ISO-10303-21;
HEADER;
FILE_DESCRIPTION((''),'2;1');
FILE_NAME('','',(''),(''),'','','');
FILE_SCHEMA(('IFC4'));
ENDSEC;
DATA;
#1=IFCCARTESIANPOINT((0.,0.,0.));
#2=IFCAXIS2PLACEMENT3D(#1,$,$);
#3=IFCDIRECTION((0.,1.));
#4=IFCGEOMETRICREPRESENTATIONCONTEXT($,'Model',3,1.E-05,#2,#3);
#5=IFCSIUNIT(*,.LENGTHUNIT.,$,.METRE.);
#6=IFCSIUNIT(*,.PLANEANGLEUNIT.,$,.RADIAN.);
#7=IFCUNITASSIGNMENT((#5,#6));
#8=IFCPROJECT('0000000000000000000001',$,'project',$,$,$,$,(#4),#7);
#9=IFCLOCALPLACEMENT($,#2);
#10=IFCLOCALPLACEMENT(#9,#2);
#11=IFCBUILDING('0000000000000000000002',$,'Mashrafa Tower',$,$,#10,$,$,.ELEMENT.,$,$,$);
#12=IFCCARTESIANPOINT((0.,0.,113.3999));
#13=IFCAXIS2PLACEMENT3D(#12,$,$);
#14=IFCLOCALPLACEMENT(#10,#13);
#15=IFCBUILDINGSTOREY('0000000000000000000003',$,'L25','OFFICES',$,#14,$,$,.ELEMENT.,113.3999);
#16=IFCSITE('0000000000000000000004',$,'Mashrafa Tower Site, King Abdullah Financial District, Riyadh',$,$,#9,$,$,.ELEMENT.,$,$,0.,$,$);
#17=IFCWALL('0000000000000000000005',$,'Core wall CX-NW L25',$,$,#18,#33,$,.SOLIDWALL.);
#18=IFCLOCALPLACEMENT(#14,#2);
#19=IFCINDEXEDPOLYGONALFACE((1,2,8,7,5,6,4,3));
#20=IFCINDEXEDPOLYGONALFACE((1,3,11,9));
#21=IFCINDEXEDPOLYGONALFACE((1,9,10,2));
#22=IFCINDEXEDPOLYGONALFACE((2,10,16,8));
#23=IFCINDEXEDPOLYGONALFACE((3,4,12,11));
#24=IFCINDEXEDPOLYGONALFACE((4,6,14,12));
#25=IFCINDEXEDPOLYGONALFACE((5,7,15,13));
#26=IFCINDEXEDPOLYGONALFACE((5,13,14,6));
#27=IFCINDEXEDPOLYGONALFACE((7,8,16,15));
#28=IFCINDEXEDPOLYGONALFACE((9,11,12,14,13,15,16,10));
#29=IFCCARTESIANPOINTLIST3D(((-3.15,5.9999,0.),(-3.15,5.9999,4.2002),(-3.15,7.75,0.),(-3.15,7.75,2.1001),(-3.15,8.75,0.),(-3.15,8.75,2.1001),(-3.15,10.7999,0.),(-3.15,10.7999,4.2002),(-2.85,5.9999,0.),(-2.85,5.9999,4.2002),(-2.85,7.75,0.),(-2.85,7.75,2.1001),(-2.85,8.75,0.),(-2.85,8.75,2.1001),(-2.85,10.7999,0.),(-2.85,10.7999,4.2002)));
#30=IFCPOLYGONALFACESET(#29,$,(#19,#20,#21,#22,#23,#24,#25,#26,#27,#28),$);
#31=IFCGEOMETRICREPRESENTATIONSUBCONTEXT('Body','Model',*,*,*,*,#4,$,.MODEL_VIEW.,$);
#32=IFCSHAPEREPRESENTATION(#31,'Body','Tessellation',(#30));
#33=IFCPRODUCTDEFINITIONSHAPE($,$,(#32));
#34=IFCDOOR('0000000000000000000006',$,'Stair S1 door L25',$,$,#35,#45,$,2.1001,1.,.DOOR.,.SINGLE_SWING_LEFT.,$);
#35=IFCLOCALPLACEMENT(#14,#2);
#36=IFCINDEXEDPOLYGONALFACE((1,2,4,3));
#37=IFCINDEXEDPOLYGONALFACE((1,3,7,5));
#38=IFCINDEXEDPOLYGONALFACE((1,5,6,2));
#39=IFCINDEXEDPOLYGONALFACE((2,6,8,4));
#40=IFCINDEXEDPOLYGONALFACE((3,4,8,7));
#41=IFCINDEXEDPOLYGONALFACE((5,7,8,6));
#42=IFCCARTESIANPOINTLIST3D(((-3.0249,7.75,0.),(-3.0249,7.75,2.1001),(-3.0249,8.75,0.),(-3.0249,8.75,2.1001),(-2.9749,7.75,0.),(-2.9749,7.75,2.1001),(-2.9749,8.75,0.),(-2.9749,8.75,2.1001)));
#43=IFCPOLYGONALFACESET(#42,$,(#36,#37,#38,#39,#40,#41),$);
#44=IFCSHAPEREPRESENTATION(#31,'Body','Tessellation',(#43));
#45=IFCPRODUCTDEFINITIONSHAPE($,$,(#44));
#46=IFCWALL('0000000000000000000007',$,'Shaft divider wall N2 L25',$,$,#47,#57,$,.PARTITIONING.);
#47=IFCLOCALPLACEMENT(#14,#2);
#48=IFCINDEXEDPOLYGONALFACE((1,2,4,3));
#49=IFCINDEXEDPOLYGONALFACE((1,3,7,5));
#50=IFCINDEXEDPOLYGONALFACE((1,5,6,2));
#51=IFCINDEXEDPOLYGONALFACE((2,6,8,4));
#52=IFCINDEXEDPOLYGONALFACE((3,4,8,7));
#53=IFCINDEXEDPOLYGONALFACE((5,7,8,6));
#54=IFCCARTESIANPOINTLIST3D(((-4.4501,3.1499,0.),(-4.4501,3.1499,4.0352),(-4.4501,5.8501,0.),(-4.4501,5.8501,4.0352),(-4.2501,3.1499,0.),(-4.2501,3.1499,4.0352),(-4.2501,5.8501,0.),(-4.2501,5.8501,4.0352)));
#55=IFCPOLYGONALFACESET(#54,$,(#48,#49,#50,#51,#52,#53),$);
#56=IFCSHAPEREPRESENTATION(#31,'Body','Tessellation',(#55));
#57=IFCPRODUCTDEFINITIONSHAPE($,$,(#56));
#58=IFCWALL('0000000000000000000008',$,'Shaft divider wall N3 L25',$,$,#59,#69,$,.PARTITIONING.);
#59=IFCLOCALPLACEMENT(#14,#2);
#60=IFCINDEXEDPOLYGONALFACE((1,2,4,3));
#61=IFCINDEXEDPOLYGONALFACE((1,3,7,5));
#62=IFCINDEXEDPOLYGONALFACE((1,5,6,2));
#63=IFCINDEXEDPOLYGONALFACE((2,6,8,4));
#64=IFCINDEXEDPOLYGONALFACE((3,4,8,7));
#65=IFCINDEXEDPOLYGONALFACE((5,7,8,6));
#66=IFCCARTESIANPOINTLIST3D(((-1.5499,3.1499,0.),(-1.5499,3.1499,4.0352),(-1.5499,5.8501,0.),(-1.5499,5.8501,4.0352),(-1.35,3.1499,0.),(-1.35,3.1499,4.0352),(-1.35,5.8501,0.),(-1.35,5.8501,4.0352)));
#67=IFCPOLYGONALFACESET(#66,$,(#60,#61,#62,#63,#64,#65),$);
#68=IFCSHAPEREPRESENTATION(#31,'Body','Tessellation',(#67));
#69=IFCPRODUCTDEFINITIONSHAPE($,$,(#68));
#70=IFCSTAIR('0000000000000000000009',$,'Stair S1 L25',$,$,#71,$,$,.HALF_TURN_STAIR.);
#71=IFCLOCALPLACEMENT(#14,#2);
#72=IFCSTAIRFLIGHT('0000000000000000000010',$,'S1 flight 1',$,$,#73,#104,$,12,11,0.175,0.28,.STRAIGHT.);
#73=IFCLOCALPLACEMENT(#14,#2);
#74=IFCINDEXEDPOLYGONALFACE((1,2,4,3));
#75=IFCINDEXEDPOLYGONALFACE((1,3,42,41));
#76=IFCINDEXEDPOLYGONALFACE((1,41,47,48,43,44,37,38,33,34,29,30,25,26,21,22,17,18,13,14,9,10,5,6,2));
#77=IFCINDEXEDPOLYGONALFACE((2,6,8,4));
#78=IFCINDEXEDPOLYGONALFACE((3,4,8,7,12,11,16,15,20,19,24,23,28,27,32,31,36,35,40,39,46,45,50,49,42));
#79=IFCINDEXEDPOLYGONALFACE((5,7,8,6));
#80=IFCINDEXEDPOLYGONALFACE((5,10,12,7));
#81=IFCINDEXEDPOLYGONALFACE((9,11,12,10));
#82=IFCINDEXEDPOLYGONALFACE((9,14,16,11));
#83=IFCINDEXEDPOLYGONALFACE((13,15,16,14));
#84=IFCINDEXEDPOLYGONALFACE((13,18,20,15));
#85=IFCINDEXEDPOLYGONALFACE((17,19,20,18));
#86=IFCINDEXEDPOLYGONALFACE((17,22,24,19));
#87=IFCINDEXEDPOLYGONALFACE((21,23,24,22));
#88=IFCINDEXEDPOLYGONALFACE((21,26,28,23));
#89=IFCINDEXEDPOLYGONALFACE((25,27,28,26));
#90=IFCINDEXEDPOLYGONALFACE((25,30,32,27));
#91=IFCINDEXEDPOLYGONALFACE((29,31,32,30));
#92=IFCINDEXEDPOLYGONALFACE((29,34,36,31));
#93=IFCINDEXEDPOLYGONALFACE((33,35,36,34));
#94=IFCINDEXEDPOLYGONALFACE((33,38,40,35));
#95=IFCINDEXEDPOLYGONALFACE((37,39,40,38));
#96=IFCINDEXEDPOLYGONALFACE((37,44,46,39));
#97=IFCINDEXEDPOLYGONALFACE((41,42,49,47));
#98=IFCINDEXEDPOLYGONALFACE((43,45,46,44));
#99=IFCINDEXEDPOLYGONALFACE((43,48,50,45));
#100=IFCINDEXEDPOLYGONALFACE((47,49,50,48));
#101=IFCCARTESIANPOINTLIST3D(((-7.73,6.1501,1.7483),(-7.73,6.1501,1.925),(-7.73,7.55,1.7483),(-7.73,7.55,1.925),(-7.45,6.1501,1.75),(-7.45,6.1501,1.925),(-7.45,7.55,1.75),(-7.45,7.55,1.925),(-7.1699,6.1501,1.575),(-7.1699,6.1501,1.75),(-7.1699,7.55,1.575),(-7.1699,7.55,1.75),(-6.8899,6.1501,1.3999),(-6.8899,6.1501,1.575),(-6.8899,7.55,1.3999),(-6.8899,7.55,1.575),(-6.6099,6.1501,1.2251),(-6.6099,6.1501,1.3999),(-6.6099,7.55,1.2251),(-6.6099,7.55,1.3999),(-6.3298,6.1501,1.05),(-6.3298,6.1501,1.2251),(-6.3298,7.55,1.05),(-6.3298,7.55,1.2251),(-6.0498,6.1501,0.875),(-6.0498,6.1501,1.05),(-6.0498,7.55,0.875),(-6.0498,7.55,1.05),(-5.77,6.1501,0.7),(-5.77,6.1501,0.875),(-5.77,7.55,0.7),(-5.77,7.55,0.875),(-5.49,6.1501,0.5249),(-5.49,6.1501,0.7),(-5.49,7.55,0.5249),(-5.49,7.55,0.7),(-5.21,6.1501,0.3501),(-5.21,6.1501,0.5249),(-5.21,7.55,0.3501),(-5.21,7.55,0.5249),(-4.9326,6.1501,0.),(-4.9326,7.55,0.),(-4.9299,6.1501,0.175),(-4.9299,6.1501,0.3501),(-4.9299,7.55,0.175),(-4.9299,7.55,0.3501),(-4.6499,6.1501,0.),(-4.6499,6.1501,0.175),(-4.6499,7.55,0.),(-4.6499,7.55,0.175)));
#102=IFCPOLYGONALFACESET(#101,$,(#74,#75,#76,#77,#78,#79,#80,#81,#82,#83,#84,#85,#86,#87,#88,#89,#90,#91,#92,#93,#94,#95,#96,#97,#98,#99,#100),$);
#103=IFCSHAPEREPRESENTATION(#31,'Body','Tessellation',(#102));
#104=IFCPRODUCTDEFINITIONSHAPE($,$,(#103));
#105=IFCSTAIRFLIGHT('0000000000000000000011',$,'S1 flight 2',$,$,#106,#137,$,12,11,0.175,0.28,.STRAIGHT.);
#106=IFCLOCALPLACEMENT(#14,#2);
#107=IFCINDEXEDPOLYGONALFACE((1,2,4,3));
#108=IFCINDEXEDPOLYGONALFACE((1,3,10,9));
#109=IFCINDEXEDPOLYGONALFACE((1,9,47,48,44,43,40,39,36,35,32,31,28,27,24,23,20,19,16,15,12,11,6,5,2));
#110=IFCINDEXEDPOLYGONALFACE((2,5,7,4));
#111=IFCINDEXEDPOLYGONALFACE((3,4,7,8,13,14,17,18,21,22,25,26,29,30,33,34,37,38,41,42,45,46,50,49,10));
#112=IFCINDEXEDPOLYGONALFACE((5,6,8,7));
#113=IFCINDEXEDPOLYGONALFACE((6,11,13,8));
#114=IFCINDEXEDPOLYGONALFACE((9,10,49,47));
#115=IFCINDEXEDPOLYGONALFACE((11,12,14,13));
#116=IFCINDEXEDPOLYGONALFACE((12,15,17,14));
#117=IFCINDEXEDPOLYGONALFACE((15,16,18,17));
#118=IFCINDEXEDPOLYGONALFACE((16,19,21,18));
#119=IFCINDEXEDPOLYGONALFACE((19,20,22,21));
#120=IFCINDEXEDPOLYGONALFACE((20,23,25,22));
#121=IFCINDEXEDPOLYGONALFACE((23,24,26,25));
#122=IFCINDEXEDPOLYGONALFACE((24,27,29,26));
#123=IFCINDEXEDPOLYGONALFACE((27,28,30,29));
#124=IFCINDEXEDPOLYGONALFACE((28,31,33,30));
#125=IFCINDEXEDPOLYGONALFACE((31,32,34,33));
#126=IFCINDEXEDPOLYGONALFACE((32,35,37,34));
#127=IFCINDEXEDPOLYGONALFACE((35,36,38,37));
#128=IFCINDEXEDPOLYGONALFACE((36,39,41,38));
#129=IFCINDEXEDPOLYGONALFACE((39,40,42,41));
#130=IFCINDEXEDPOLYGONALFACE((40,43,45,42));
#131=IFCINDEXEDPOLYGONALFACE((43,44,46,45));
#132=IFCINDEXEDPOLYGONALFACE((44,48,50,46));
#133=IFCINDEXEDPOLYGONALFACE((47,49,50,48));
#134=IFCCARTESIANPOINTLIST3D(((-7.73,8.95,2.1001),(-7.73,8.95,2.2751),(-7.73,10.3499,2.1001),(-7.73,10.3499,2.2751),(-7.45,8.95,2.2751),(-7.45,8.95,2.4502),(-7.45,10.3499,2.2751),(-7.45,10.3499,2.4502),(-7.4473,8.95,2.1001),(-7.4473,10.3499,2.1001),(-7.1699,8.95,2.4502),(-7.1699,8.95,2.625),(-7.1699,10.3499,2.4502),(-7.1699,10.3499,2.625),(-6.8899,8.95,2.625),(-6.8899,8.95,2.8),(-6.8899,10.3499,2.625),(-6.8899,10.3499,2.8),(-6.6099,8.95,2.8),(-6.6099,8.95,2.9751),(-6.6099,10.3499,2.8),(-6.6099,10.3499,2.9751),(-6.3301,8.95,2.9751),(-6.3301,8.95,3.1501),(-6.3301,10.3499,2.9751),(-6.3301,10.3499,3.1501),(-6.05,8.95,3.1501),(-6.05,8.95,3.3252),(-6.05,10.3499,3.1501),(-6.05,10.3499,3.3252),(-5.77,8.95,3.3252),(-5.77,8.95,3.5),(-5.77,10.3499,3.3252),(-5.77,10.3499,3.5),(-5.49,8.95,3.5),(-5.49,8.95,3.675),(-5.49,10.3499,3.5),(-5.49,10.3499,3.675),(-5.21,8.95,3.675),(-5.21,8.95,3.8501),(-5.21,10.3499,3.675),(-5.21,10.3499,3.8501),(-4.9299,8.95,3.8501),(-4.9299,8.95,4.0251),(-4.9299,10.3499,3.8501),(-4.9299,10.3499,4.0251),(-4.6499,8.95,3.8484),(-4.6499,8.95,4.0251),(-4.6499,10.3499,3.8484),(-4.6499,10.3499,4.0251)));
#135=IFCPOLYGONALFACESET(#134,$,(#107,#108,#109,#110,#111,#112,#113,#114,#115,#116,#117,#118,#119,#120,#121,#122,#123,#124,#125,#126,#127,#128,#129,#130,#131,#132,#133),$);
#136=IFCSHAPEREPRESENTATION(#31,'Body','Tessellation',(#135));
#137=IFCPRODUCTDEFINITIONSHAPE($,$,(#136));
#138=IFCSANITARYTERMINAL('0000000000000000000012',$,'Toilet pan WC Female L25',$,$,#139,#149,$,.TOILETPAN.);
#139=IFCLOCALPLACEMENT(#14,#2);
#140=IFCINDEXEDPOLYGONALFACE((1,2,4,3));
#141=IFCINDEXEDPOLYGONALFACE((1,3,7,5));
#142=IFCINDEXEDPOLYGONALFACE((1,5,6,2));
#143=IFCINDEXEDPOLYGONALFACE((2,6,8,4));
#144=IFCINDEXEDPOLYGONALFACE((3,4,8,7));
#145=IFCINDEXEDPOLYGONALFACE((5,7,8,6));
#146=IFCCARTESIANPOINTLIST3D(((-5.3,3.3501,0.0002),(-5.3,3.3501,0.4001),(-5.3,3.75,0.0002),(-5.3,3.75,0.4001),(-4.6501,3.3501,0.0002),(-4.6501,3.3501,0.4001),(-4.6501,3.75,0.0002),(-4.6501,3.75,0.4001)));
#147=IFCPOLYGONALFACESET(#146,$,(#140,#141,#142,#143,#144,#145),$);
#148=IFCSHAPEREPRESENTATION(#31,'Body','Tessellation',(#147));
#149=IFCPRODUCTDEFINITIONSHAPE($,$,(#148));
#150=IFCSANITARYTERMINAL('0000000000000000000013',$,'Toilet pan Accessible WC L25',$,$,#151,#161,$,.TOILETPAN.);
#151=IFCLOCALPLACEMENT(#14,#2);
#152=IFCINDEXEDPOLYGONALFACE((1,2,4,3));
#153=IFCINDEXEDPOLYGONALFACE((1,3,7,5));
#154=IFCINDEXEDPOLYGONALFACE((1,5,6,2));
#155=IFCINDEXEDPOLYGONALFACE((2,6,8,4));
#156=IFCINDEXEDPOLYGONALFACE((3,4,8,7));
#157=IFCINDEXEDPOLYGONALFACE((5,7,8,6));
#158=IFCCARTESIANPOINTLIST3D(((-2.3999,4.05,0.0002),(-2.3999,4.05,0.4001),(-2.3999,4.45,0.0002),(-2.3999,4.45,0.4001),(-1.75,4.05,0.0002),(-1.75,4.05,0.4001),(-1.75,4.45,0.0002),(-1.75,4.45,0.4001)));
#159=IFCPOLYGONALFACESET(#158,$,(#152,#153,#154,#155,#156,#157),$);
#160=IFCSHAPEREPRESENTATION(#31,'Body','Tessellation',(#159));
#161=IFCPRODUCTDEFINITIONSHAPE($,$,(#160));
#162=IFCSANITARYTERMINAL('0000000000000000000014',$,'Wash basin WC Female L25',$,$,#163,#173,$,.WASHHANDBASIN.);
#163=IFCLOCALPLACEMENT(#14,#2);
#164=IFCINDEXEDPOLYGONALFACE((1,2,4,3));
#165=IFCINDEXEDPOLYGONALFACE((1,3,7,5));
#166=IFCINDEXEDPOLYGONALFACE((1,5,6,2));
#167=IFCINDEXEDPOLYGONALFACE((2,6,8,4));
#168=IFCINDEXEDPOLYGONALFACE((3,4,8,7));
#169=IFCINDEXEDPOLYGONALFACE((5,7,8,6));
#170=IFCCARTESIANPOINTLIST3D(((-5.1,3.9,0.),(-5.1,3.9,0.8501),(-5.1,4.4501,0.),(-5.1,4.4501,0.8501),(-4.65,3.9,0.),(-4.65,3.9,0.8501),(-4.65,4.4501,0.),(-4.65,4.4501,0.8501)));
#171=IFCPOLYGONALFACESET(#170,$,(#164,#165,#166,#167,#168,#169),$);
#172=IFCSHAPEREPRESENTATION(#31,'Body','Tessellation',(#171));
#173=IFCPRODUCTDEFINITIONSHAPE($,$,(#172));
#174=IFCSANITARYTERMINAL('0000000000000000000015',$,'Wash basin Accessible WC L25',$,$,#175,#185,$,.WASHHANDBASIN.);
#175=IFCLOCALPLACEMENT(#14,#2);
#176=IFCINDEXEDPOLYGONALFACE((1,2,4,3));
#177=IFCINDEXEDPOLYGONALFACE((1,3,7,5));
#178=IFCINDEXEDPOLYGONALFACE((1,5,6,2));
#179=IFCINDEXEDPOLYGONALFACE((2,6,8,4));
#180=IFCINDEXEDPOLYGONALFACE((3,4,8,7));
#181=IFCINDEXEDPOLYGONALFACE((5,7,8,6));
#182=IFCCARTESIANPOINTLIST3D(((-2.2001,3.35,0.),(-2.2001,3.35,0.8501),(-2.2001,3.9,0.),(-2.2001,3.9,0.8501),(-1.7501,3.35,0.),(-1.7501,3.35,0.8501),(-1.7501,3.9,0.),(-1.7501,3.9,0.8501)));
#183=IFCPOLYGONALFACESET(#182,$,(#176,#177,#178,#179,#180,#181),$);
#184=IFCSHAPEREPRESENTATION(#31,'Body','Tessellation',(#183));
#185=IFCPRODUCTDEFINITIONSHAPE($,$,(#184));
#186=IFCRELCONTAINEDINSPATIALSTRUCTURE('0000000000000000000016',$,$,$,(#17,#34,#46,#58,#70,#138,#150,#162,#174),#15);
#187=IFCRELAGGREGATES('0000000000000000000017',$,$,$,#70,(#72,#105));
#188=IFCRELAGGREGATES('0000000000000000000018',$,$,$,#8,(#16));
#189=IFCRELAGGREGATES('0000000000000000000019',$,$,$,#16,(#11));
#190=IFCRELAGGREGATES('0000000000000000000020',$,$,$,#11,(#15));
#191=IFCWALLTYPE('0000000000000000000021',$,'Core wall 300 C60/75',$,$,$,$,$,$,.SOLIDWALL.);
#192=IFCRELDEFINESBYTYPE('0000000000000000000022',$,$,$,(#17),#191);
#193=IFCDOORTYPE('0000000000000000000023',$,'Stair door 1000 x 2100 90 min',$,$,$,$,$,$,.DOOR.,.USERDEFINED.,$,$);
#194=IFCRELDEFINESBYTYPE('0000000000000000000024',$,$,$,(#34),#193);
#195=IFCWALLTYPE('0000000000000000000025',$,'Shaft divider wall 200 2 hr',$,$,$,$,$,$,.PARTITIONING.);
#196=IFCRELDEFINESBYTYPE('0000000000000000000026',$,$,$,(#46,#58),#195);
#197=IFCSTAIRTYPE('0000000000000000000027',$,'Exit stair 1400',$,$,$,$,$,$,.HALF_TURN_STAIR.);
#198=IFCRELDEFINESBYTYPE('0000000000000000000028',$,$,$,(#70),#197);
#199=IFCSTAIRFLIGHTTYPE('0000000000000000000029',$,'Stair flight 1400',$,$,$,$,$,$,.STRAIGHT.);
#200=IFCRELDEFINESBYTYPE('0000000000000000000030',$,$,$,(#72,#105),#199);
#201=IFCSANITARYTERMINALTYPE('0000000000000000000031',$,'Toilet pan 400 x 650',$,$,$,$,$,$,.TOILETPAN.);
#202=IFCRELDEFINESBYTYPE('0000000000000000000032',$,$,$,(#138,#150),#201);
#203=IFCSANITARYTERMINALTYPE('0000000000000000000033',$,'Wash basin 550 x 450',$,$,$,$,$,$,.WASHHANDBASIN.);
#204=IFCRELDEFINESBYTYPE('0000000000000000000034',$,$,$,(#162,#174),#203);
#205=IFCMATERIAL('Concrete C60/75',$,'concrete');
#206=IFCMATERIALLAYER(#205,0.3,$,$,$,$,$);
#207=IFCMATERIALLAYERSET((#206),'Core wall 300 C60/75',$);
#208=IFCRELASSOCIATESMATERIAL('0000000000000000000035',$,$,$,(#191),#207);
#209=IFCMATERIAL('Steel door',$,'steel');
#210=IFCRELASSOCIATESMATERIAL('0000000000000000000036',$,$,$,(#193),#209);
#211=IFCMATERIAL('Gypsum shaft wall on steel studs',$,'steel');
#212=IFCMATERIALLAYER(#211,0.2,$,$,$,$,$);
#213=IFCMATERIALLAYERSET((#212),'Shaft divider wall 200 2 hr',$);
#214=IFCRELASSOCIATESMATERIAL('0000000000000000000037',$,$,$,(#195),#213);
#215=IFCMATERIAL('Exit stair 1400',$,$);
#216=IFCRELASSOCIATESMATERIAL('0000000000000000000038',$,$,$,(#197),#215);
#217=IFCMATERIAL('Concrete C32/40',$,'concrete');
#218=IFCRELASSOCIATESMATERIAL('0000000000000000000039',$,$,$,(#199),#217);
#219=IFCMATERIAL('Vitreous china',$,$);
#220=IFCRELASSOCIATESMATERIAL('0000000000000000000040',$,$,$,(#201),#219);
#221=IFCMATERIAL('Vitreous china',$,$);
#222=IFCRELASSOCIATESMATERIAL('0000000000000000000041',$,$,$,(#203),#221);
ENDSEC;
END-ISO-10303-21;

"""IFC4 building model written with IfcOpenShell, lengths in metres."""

from ifc_helpers import new_model, si_unit, direction, frame, frame_2d, origin, origin_2d, place, context, subcontext, project, spatial, polyline, rectangle, outline, extrude, material, layer, layer_set, type_object, element, fill, aggregate, save


model = new_model("IFC4")

# Units and contexts
model_context = context("Model", 3, precision=1e-05, world=origin(), true_north=direction((0.0, 1.0)))
body_context = subcontext(model_context, "Body", "Model", "MODEL_VIEW")
ifc_project = project(units=[si_unit("LENGTHUNIT", "METRE"), si_unit("PLANEANGLEUNIT", "RADIAN")], contexts=[model_context])

# Site, building, storey
site_placement = place(None, origin())
site = spatial("IfcSite", under=ifc_project, at=site_placement, Name="Mashrafa Tower Site, King Abdullah Financial District, Riyadh", CompositionType="ELEMENT", RefElevation=0.0)
building_placement = place(site_placement, origin())
building = spatial("IfcBuilding", under=site, at=building_placement, Name="Mashrafa Tower", CompositionType="ELEMENT")
storey_placement = place(building_placement, frame((0.0, 0.0, 113.3999)))
storey = spatial("IfcBuildingStorey", under=building, at=storey_placement, Name="L25", Description="OFFICES", CompositionType="ELEMENT", Elevation=113.3999)

# Shared definitions
ifc_material_1 = material(Name="Concrete C60/75", Category="concrete")
ifc_layer_1 = layer(ifc_material_1, 0.3)
ifc_layer_set_1 = layer_set([ifc_layer_1], Name="Core wall 300 C60/75")
wall_type_1 = type_object("IfcWallType", Name="Core wall 300 C60/75", PredefinedType="SOLIDWALL", material=ifc_layer_set_1)

# Wall, opening, door
wall_1_placement = place(storey_placement, frame((-3.0, 6.0, 0.0), z_axis=(0.0, 0.0, 1.0), x_axis=(0.0, 1.0, 0.0)))
wall_1 = element("IfcWall", 1, at=wall_1_placement, inside=storey, type_object=wall_type_1, Name="Core wall CX-NW L25", PredefinedType="SOLIDWALL", context=body_context, shape_type="SweptSolid", body=[
    extrude(rectangle(XDim=4.8, YDim=0.3, at=frame_2d((2.3999, 0.0))), origin(), (0.0, 0.0, 1.0), 4.2002),
])
opening_1_placement = place(wall_1_placement, frame((1.75, 0.0, 0.0)))
opening_1 = element("IfcOpeningElement", 2, at=opening_1_placement, cuts=wall_1, PredefinedType="OPENING", context=body_context, shape_type="SweptSolid", body=[
    extrude(rectangle(XDim=1.0, YDim=2.1001, at=frame_2d((0.5, 1.05))), frame((0.0, 0.1599, 0.0), z_axis=(0.0, -1.0, 0.0), x_axis=(1.0, 0.0, 0.0)), (0.0, 0.0, 1.0), 0.3201),
])
ifc_material_2 = material(Name="Steel door", Category="steel")
door_type_1 = type_object("IfcDoorType", Name="Stair door 1000 x 2100 90 min", OperationType="USERDEFINED", PredefinedType="DOOR", material=ifc_material_2)
door_1_placement = place(opening_1_placement, origin())
door_1 = element("IfcDoor", 3, at=door_1_placement, inside=storey, type_object=door_type_1, Name="Stair S1 door L25", OperationType="SINGLE_SWING_LEFT", OverallHeight=2.1001, OverallWidth=1.0, PredefinedType="DOOR", context=body_context, shape_type="SweptSolid", body=[
    extrude(rectangle(XDim=1.0, YDim=2.1001, at=frame_2d((0.5, 1.05))), frame((0.0, 0.0249, 0.0), z_axis=(0.0, -1.0, 0.0), x_axis=(1.0, 0.0, 0.0)), (0.0, 0.0, 1.0), 0.05),
])
fill(opening_1, door_1)

# Walls
ifc_material_3 = material(Name="Gypsum shaft wall on steel studs", Category="steel")
ifc_layer_2 = layer(ifc_material_3, 0.2)
ifc_layer_set_2 = layer_set([ifc_layer_2], Name="Shaft divider wall 200 2 hr")
wall_type_2 = type_object("IfcWallType", Name="Shaft divider wall 200 2 hr", PredefinedType="PARTITIONING", material=ifc_layer_set_2)
for number, where, z_axis, x_axis, name in (
    (4, (-4.3501, 3.1499, 0.0), (0.0, 0.0, 1.0), (0.0, 1.0, 0.0), "Shaft divider wall N2 L25"),
    (5, (-1.45, 3.1499, 0.0), (0.0, 0.0, 1.0), (0.0, 1.0, 0.0), "Shaft divider wall N3 L25"),
):
    element("IfcWall", number, at=place(storey_placement, frame(where, z_axis=z_axis, x_axis=x_axis)), inside=storey, type_object=wall_type_2, Name=name, PredefinedType="PARTITIONING", context=body_context, shape_type="SweptSolid", body=[
        extrude(rectangle(XDim=2.7002, YDim=0.2, at=frame_2d((1.3501, 0.0))), origin(), (0.0, 0.0, 1.0), 4.0352),
    ])

# Stair, stair flights
ifc_material_4 = material(Name="Exit stair 1400")
stair_type = type_object("IfcStairType", Name="Exit stair 1400", PredefinedType="HALF_TURN_STAIR", material=ifc_material_4)
stair_placement = place(storey_placement, origin())
stair = element("IfcStair", 6, at=stair_placement, inside=storey, type_object=stair_type, Name="Stair S1 L25", PredefinedType="HALF_TURN_STAIR")
ifc_material_5 = material(Name="Concrete C32/40", Category="concrete")
stair_flight_type = type_object("IfcStairFlightType", Name="Stair flight 1400", PredefinedType="STRAIGHT", material=ifc_material_5)
stair_flight_1_placement = place(storey_placement, frame((-4.6499, 6.8501, 0.0), z_axis=(0.0, 0.0, 1.0), x_axis=(-1.0, 0.0, 0.0)))
stair_flight_1 = element("IfcStairFlight", 7, at=stair_flight_1_placement, type_object=stair_flight_type, Name="S1 flight 1", NumberOfRisers=12, NumberOfTreads=11, PredefinedType="STRAIGHT", RiserHeight=0.175, TreadLength=0.28, context=body_context, shape_type="SweptSolid", body=[
    extrude(outline(polyline([(0.0, 0.0), (0.0, 0.175), (0.28, 0.175), (0.28, 0.3501), (0.5601, 0.3501), (0.5601, 0.5249), (0.8401, 0.5249), (0.8401, 0.7), (1.1201, 0.7), (1.1201, 0.875), (1.3999, 0.875), (1.3999, 1.05), (1.6799, 1.05), (1.6799, 1.2251), (1.96, 1.2251), (1.96, 1.3999), (2.24, 1.3999), (2.24, 1.575), (2.52, 1.575), (2.52, 1.75), (2.8, 1.75), (2.8, 1.925), (3.0801, 1.925), (3.0801, 2.1001), (3.0801, 1.7483), (0.2827, 0.0), (0.0, 0.0)])), frame((0.0, 0.7, 0.0), z_axis=(0.0, -1.0, 0.0), x_axis=(1.0, 0.0, 0.0)), (0.0, 0.0, 1.0), 1.3999),
])
stair_flight_2_placement = place(storey_placement, frame((-7.73, 9.6499, 2.1001), z_axis=(0.0, 0.0, 1.0), x_axis=(1.0, 0.0, 0.0)))
stair_flight_2 = element("IfcStairFlight", 8, at=stair_flight_2_placement, type_object=stair_flight_type, Name="S1 flight 2", NumberOfRisers=12, NumberOfTreads=11, PredefinedType="STRAIGHT", RiserHeight=0.175, TreadLength=0.28, context=body_context, shape_type="SweptSolid", body=[
    extrude(outline(polyline([(0.0, 0.0), (0.0, 0.175), (0.28, 0.175), (0.28, 0.3501), (0.5601, 0.3501), (0.5601, 0.5249), (0.8401, 0.5249), (0.8401, 0.7), (1.1201, 0.7), (1.1201, 0.875), (1.3999, 0.875), (1.3999, 1.05), (1.6799, 1.05), (1.6799, 1.2251), (1.96, 1.2251), (1.96, 1.3999), (2.24, 1.3999), (2.24, 1.575), (2.52, 1.575), (2.52, 1.75), (2.8, 1.75), (2.8, 1.925), (3.0801, 1.925), (3.0801, 2.1001), (3.0801, 1.7483), (0.2827, 0.0), (0.0, 0.0)])), frame((0.0, 0.7, 0.0), z_axis=(0.0, -1.0, 0.0), x_axis=(1.0, 0.0, 0.0)), (0.0, 0.0, 1.0), 1.3999),
])
aggregate(stair, [stair_flight_1, stair_flight_2])

# Sanitary terminals
ifc_material_6 = material(Name="Vitreous china")
sanitary_terminal_type_1 = type_object("IfcSanitaryTerminalType", Name="Toilet pan 400 x 650", PredefinedType="TOILETPAN", material=ifc_material_6)
for number, where, z_axis, x_axis, name in (
    (9, (-4.9751, 3.55, 0.0002), (0.0, 0.0, 1.0), (0.0, 1.0, 0.0), "Toilet pan WC Female L25"),
    (10, (-2.075, 4.25, 0.0002), (0.0, 0.0, 1.0), (0.0, 1.0, 0.0), "Toilet pan Accessible WC L25"),
):
    element("IfcSanitaryTerminal", number, at=place(storey_placement, frame(where, z_axis=z_axis, x_axis=x_axis)), inside=storey, type_object=sanitary_terminal_type_1, Name=name, PredefinedType="TOILETPAN", context=body_context, shape_type="SweptSolid", body=[
        extrude(rectangle(XDim=0.3999, YDim=0.6499, at=origin_2d()), origin(), (0.0, 0.0, 1.0), 0.3999),
    ])
ifc_material_7 = material(Name="Vitreous china")
sanitary_terminal_type_2 = type_object("IfcSanitaryTerminalType", Name="Wash basin 550 x 450", PredefinedType="WASHHANDBASIN", material=ifc_material_7)
for number, where, z_axis, x_axis, name in (
    (11, (-4.875, 4.175, 0.0), (0.0, 0.0, 1.0), (0.0, 1.0, 0.0), "Wash basin WC Female L25"),
    (12, (-1.9751, 3.625, 0.0), (0.0, 0.0, 1.0), (0.0, 1.0, 0.0), "Wash basin Accessible WC L25"),
):
    element("IfcSanitaryTerminal", number, at=place(storey_placement, frame(where, z_axis=z_axis, x_axis=x_axis)), inside=storey, type_object=sanitary_terminal_type_2, Name=name, PredefinedType="WASHHANDBASIN", context=body_context, shape_type="SweptSolid", body=[
        extrude(rectangle(XDim=0.55, YDim=0.45, at=origin_2d()), origin(), (0.0, 0.0, 1.0), 0.8501),
    ])

save(model, "model.ifc")
